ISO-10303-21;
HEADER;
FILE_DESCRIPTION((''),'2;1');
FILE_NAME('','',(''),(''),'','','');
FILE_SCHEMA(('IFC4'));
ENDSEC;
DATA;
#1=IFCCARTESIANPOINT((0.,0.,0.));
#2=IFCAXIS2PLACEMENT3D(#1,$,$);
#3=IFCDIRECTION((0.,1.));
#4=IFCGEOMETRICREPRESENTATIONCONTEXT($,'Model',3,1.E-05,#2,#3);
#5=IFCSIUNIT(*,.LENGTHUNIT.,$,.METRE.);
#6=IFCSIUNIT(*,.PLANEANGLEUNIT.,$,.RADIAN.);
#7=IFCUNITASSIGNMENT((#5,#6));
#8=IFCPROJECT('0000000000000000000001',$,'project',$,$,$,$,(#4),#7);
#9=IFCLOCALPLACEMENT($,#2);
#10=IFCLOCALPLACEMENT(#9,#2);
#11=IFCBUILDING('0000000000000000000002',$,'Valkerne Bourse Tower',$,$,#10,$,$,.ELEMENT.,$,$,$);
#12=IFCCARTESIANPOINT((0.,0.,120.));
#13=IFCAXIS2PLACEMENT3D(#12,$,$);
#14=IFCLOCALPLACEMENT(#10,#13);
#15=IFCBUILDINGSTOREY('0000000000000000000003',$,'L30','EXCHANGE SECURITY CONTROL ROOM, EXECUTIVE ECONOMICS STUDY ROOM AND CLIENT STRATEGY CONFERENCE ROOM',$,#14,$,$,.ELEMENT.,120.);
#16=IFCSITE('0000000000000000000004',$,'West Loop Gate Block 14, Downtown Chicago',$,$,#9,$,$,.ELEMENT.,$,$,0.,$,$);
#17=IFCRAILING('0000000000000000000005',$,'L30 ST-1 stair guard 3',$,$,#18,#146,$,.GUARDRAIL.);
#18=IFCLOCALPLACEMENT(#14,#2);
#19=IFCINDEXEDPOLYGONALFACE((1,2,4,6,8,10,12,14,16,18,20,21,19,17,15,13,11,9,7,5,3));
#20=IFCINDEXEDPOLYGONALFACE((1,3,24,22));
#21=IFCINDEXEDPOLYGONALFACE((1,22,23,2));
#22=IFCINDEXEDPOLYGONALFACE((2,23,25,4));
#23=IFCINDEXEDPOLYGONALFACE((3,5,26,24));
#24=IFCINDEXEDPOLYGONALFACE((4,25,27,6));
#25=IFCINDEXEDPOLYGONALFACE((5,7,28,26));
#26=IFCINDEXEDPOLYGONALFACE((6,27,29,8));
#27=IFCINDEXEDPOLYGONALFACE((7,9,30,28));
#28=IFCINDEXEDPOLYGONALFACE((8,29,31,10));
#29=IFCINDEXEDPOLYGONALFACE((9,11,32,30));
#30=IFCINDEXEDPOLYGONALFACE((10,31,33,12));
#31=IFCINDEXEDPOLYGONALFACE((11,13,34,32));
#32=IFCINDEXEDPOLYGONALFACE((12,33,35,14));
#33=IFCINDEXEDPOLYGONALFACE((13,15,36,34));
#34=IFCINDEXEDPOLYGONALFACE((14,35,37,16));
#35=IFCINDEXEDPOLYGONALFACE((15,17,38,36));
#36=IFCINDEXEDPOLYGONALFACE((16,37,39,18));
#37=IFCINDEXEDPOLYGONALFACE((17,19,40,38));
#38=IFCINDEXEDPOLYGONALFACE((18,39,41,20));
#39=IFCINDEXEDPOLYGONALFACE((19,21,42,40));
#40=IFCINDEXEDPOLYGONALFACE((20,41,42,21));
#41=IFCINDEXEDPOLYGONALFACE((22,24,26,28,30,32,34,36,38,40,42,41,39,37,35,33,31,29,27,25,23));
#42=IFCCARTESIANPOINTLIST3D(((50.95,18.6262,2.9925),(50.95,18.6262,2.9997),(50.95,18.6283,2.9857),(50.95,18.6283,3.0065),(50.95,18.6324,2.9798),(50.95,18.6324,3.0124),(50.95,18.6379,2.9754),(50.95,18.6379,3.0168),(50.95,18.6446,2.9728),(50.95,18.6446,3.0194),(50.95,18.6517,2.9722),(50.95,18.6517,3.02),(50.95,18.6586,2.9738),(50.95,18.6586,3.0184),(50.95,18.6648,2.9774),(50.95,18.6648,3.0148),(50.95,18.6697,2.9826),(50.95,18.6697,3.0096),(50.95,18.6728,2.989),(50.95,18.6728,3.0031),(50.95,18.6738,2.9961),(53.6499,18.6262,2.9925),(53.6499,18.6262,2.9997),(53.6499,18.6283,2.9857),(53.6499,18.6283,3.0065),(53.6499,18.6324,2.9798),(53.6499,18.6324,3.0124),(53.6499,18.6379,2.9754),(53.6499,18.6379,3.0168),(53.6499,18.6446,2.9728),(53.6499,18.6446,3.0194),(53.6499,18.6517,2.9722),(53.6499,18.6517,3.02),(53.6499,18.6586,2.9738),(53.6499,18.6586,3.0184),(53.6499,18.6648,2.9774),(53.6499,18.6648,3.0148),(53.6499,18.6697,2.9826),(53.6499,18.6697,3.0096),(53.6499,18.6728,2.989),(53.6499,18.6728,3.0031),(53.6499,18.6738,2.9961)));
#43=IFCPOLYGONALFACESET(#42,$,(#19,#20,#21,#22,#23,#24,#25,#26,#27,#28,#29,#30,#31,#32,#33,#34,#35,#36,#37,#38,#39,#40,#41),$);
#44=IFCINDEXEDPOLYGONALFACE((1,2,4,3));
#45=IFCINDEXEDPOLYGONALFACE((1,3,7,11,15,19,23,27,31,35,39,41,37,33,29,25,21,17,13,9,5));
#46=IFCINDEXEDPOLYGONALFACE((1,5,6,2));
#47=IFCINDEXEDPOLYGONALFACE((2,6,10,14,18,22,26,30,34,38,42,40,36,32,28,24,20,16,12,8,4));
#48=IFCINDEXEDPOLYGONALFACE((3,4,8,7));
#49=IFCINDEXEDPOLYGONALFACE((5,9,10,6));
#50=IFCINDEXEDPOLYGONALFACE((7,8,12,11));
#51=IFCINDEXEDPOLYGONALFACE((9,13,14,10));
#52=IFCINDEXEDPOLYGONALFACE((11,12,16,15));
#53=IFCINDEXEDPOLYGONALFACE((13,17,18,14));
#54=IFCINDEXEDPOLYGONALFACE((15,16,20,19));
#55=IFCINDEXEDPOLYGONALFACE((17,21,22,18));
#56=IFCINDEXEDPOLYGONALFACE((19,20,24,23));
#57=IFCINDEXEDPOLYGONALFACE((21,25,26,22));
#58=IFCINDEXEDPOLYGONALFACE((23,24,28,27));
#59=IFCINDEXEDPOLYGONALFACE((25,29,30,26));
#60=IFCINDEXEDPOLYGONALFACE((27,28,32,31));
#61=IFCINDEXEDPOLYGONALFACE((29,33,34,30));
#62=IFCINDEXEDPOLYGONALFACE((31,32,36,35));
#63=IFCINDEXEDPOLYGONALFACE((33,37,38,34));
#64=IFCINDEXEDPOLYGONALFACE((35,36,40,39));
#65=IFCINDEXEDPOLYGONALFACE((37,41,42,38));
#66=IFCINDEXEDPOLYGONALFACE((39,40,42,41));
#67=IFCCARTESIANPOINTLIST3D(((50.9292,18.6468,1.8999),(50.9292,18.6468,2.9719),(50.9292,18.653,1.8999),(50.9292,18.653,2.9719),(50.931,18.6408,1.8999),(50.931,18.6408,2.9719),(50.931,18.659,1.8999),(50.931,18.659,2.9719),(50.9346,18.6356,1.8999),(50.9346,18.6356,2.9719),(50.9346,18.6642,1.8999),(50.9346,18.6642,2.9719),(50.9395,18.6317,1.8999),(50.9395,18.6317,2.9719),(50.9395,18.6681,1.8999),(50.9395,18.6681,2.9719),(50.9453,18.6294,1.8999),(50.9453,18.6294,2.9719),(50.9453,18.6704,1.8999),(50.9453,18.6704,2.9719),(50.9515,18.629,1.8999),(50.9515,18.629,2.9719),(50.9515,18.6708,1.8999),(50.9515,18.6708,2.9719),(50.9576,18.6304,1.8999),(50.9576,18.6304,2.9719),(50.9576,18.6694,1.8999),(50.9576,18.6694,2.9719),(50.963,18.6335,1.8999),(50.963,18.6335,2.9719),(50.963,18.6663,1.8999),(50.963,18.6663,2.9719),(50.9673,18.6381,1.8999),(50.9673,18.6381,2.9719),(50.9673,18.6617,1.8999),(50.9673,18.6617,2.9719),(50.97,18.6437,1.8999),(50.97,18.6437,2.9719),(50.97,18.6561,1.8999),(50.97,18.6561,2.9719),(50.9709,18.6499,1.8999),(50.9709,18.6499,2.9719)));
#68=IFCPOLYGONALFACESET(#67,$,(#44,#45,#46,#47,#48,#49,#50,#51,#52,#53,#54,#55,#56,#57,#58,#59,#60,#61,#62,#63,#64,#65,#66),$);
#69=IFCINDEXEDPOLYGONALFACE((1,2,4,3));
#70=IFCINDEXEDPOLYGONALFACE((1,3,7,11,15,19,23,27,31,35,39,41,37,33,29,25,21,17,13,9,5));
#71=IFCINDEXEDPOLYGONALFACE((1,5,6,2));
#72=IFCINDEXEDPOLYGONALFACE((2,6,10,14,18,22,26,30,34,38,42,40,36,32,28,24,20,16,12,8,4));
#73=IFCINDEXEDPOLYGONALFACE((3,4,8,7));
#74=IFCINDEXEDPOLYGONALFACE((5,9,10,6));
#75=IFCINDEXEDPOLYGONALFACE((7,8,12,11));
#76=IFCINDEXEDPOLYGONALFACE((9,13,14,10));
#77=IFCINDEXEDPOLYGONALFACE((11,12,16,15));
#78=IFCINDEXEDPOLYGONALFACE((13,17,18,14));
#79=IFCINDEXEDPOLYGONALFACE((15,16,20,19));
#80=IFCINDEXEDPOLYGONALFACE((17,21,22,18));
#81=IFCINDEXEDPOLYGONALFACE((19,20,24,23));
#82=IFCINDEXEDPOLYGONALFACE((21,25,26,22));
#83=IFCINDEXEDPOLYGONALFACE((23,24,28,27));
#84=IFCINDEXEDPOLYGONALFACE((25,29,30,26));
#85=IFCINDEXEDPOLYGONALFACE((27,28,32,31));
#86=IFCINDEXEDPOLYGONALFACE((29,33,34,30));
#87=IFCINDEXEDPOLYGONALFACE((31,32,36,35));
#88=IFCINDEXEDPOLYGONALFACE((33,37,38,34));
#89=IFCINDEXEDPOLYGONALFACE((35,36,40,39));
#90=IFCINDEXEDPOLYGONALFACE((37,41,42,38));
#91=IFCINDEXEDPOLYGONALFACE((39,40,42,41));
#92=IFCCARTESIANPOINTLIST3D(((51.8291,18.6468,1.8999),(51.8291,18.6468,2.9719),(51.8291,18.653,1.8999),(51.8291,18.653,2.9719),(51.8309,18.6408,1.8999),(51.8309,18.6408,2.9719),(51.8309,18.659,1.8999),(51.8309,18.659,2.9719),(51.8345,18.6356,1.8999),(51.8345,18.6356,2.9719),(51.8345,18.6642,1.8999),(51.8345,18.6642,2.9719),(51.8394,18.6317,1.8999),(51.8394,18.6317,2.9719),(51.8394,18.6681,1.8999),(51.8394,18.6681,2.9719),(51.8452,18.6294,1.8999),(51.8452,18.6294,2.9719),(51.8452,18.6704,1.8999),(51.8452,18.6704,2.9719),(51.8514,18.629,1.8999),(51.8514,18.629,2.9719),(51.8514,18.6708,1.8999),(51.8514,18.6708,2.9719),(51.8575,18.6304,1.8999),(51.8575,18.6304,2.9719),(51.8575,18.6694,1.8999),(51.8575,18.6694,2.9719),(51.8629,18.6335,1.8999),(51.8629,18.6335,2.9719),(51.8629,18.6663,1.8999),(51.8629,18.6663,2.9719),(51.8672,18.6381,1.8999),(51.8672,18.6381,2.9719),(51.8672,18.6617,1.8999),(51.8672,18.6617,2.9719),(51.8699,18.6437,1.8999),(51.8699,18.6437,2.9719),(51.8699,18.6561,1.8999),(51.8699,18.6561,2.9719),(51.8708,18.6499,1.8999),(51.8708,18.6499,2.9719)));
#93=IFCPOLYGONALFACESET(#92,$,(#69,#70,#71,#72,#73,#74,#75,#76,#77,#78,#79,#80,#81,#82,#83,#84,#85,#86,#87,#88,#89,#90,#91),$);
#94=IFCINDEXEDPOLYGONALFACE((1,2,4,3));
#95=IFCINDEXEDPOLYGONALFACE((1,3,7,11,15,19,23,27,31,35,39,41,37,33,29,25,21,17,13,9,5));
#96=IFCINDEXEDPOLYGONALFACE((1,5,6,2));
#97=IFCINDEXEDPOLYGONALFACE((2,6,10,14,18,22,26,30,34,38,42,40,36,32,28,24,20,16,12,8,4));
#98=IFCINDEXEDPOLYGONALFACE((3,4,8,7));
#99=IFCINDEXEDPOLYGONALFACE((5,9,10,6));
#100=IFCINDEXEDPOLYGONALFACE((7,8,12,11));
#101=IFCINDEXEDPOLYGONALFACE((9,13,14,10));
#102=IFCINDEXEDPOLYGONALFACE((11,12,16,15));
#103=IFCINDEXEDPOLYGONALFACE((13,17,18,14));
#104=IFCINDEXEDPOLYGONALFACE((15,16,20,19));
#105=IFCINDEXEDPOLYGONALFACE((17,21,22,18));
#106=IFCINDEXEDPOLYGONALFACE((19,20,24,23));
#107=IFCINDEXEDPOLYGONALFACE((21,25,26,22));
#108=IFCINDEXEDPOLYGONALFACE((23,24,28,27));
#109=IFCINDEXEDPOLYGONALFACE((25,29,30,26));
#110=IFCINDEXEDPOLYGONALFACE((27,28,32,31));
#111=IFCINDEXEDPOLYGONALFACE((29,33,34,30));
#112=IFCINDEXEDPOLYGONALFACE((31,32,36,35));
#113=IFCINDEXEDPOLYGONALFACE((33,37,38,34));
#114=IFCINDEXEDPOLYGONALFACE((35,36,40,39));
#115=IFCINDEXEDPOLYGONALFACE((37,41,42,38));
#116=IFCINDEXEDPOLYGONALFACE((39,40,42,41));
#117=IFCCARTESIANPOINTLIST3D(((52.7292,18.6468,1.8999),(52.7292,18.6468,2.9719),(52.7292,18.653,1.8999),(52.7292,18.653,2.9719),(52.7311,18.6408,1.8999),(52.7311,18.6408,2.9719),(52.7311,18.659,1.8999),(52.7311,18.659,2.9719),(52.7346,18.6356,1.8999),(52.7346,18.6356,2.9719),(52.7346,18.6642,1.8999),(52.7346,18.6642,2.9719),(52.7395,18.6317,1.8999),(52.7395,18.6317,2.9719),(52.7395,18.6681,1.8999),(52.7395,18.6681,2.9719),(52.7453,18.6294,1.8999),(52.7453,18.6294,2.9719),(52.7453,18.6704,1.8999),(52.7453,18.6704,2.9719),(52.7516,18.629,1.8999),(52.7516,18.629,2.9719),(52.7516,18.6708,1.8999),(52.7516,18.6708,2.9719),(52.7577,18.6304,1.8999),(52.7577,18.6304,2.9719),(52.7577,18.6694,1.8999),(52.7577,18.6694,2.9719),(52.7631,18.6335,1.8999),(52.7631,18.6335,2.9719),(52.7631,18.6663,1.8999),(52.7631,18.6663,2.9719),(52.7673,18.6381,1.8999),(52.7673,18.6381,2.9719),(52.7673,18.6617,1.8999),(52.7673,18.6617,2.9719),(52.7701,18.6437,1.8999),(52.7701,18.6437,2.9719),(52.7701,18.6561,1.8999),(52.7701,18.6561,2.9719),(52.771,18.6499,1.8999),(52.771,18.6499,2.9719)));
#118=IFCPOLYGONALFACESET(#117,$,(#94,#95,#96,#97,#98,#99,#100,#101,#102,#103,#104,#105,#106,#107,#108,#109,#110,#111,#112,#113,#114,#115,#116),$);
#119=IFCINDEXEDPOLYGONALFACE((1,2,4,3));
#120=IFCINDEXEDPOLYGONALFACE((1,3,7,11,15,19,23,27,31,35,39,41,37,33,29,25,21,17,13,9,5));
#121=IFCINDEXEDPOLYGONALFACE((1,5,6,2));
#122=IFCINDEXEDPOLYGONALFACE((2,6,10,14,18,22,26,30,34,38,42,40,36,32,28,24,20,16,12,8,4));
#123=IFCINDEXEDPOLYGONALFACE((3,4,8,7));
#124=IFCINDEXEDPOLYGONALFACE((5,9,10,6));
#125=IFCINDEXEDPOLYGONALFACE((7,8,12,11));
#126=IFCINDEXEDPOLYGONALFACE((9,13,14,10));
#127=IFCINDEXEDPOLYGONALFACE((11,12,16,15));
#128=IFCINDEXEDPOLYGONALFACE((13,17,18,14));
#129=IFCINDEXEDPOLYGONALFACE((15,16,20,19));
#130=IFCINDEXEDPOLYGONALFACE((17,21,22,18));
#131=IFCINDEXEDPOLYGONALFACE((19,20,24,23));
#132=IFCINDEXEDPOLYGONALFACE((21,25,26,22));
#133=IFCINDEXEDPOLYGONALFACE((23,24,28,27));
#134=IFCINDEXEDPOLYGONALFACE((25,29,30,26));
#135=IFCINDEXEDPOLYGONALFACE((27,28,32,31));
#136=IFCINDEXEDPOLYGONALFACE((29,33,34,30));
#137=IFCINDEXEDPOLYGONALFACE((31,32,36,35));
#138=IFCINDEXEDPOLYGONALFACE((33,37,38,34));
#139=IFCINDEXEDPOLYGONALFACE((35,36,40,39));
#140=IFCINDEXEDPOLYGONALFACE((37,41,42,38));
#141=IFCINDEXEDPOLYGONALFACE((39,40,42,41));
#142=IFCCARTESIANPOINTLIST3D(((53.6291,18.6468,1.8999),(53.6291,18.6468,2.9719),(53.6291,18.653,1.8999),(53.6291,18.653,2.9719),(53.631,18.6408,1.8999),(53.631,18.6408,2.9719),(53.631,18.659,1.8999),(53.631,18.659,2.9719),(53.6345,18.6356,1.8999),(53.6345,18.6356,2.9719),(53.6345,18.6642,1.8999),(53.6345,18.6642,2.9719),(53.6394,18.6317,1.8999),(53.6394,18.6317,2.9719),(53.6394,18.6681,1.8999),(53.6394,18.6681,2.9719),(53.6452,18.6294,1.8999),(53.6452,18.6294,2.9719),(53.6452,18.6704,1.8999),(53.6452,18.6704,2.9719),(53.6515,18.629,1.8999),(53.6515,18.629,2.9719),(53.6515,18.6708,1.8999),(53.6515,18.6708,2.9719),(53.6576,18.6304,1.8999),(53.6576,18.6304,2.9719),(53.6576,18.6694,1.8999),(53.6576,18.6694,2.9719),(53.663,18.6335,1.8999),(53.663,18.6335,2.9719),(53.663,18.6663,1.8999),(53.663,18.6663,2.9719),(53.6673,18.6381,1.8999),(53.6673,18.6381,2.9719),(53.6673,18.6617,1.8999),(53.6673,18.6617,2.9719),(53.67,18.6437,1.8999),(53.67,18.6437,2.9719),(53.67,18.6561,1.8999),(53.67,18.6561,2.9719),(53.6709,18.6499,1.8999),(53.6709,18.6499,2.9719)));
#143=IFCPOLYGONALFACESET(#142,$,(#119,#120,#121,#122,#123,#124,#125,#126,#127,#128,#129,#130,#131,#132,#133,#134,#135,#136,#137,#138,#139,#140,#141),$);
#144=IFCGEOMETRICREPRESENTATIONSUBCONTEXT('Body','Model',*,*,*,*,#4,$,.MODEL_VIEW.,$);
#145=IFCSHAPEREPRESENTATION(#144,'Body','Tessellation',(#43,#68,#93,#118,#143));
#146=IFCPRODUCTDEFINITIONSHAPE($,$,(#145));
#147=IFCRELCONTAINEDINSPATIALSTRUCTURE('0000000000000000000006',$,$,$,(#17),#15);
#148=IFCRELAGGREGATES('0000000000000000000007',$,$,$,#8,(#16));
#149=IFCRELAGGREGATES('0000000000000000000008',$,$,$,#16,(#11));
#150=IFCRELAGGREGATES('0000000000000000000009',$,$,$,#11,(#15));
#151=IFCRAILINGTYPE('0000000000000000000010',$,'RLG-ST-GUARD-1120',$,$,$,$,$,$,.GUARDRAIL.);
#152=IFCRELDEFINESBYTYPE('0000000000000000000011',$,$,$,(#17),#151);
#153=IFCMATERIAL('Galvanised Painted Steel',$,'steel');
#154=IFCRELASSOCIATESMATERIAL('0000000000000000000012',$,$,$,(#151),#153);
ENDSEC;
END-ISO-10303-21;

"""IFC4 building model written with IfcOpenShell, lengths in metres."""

from ifc_helpers import new_model, si_unit, direction, frame, origin, origin_2d, place, context, subcontext, project, spatial, circle, extrude, material, type_object, element, save


model = new_model("IFC4")

# Units and contexts
model_context = context("Model", 3, precision=1e-05, world=origin(), true_north=direction((0.0, 1.0)))
body_context = subcontext(model_context, "Body", "Model", "MODEL_VIEW")
ifc_project = project(units=[si_unit("LENGTHUNIT", "METRE"), si_unit("PLANEANGLEUNIT", "RADIAN")], contexts=[model_context])

# Site, building, storey
site_placement = place(None, origin())
site = spatial("IfcSite", under=ifc_project, at=site_placement, Name="West Loop Gate Block 14, Downtown Chicago", CompositionType="ELEMENT", RefElevation=0.0)
building_placement = place(site_placement, origin())
building = spatial("IfcBuilding", under=site, at=building_placement, Name="Valkerne Bourse Tower", CompositionType="ELEMENT")
storey_placement = place(building_placement, frame((0.0, 0.0, 120.0)))
storey = spatial("IfcBuildingStorey", under=building, at=storey_placement, Name="L30", Description="EXCHANGE SECURITY CONTROL ROOM, EXECUTIVE ECONOMICS STUDY ROOM AND CLIENT STRATEGY CONFERENCE ROOM", CompositionType="ELEMENT", Elevation=120.0)

# Shared definitions
ifc_material_1 = material(Name="Galvanised Painted Steel", Category="steel")

# Railing
railing_type_1 = type_object("IfcRailingType", Name="RLG-ST-GUARD-1120", PredefinedType="GUARDRAIL", material=ifc_material_1)
for number, where, name in (
    (1, (50.95, 18.6499, 1.8999), "L30 ST-1 stair guard 3"),
):
    element("IfcRailing", number, at=place(storey_placement, frame(where)), inside=storey, type_object=railing_type_1, Name=name, PredefinedType="GUARDRAIL", context=body_context, shape_type="SweptSolid", body=[
        extrude(circle(Radius=0.0239, at=origin_2d()), frame((0.0, 0.0, 1.0962), z_axis=(1.0, 0.0, 0.0), x_axis=(0.0, 1.0, 0.0)), (0.0, 0.0, 1.0), 2.7),
        extrude(circle(Radius=0.021, at=origin_2d()), origin(), (0.0, 0.0, 1.0), 1.072),
        extrude(circle(Radius=0.021, at=origin_2d()), frame((0.8999, 0.0, 0.0)), (0.0, 0.0, 1.0), 1.072),
        extrude(circle(Radius=0.021, at=origin_2d()), frame((1.8, 0.0, 0.0)), (0.0, 0.0, 1.0), 1.072),
        extrude(circle(Radius=0.021, at=origin_2d()), frame((2.7, 0.0, 0.0)), (0.0, 0.0, 1.0), 1.072),
    ])

save(model, "model.ifc")
